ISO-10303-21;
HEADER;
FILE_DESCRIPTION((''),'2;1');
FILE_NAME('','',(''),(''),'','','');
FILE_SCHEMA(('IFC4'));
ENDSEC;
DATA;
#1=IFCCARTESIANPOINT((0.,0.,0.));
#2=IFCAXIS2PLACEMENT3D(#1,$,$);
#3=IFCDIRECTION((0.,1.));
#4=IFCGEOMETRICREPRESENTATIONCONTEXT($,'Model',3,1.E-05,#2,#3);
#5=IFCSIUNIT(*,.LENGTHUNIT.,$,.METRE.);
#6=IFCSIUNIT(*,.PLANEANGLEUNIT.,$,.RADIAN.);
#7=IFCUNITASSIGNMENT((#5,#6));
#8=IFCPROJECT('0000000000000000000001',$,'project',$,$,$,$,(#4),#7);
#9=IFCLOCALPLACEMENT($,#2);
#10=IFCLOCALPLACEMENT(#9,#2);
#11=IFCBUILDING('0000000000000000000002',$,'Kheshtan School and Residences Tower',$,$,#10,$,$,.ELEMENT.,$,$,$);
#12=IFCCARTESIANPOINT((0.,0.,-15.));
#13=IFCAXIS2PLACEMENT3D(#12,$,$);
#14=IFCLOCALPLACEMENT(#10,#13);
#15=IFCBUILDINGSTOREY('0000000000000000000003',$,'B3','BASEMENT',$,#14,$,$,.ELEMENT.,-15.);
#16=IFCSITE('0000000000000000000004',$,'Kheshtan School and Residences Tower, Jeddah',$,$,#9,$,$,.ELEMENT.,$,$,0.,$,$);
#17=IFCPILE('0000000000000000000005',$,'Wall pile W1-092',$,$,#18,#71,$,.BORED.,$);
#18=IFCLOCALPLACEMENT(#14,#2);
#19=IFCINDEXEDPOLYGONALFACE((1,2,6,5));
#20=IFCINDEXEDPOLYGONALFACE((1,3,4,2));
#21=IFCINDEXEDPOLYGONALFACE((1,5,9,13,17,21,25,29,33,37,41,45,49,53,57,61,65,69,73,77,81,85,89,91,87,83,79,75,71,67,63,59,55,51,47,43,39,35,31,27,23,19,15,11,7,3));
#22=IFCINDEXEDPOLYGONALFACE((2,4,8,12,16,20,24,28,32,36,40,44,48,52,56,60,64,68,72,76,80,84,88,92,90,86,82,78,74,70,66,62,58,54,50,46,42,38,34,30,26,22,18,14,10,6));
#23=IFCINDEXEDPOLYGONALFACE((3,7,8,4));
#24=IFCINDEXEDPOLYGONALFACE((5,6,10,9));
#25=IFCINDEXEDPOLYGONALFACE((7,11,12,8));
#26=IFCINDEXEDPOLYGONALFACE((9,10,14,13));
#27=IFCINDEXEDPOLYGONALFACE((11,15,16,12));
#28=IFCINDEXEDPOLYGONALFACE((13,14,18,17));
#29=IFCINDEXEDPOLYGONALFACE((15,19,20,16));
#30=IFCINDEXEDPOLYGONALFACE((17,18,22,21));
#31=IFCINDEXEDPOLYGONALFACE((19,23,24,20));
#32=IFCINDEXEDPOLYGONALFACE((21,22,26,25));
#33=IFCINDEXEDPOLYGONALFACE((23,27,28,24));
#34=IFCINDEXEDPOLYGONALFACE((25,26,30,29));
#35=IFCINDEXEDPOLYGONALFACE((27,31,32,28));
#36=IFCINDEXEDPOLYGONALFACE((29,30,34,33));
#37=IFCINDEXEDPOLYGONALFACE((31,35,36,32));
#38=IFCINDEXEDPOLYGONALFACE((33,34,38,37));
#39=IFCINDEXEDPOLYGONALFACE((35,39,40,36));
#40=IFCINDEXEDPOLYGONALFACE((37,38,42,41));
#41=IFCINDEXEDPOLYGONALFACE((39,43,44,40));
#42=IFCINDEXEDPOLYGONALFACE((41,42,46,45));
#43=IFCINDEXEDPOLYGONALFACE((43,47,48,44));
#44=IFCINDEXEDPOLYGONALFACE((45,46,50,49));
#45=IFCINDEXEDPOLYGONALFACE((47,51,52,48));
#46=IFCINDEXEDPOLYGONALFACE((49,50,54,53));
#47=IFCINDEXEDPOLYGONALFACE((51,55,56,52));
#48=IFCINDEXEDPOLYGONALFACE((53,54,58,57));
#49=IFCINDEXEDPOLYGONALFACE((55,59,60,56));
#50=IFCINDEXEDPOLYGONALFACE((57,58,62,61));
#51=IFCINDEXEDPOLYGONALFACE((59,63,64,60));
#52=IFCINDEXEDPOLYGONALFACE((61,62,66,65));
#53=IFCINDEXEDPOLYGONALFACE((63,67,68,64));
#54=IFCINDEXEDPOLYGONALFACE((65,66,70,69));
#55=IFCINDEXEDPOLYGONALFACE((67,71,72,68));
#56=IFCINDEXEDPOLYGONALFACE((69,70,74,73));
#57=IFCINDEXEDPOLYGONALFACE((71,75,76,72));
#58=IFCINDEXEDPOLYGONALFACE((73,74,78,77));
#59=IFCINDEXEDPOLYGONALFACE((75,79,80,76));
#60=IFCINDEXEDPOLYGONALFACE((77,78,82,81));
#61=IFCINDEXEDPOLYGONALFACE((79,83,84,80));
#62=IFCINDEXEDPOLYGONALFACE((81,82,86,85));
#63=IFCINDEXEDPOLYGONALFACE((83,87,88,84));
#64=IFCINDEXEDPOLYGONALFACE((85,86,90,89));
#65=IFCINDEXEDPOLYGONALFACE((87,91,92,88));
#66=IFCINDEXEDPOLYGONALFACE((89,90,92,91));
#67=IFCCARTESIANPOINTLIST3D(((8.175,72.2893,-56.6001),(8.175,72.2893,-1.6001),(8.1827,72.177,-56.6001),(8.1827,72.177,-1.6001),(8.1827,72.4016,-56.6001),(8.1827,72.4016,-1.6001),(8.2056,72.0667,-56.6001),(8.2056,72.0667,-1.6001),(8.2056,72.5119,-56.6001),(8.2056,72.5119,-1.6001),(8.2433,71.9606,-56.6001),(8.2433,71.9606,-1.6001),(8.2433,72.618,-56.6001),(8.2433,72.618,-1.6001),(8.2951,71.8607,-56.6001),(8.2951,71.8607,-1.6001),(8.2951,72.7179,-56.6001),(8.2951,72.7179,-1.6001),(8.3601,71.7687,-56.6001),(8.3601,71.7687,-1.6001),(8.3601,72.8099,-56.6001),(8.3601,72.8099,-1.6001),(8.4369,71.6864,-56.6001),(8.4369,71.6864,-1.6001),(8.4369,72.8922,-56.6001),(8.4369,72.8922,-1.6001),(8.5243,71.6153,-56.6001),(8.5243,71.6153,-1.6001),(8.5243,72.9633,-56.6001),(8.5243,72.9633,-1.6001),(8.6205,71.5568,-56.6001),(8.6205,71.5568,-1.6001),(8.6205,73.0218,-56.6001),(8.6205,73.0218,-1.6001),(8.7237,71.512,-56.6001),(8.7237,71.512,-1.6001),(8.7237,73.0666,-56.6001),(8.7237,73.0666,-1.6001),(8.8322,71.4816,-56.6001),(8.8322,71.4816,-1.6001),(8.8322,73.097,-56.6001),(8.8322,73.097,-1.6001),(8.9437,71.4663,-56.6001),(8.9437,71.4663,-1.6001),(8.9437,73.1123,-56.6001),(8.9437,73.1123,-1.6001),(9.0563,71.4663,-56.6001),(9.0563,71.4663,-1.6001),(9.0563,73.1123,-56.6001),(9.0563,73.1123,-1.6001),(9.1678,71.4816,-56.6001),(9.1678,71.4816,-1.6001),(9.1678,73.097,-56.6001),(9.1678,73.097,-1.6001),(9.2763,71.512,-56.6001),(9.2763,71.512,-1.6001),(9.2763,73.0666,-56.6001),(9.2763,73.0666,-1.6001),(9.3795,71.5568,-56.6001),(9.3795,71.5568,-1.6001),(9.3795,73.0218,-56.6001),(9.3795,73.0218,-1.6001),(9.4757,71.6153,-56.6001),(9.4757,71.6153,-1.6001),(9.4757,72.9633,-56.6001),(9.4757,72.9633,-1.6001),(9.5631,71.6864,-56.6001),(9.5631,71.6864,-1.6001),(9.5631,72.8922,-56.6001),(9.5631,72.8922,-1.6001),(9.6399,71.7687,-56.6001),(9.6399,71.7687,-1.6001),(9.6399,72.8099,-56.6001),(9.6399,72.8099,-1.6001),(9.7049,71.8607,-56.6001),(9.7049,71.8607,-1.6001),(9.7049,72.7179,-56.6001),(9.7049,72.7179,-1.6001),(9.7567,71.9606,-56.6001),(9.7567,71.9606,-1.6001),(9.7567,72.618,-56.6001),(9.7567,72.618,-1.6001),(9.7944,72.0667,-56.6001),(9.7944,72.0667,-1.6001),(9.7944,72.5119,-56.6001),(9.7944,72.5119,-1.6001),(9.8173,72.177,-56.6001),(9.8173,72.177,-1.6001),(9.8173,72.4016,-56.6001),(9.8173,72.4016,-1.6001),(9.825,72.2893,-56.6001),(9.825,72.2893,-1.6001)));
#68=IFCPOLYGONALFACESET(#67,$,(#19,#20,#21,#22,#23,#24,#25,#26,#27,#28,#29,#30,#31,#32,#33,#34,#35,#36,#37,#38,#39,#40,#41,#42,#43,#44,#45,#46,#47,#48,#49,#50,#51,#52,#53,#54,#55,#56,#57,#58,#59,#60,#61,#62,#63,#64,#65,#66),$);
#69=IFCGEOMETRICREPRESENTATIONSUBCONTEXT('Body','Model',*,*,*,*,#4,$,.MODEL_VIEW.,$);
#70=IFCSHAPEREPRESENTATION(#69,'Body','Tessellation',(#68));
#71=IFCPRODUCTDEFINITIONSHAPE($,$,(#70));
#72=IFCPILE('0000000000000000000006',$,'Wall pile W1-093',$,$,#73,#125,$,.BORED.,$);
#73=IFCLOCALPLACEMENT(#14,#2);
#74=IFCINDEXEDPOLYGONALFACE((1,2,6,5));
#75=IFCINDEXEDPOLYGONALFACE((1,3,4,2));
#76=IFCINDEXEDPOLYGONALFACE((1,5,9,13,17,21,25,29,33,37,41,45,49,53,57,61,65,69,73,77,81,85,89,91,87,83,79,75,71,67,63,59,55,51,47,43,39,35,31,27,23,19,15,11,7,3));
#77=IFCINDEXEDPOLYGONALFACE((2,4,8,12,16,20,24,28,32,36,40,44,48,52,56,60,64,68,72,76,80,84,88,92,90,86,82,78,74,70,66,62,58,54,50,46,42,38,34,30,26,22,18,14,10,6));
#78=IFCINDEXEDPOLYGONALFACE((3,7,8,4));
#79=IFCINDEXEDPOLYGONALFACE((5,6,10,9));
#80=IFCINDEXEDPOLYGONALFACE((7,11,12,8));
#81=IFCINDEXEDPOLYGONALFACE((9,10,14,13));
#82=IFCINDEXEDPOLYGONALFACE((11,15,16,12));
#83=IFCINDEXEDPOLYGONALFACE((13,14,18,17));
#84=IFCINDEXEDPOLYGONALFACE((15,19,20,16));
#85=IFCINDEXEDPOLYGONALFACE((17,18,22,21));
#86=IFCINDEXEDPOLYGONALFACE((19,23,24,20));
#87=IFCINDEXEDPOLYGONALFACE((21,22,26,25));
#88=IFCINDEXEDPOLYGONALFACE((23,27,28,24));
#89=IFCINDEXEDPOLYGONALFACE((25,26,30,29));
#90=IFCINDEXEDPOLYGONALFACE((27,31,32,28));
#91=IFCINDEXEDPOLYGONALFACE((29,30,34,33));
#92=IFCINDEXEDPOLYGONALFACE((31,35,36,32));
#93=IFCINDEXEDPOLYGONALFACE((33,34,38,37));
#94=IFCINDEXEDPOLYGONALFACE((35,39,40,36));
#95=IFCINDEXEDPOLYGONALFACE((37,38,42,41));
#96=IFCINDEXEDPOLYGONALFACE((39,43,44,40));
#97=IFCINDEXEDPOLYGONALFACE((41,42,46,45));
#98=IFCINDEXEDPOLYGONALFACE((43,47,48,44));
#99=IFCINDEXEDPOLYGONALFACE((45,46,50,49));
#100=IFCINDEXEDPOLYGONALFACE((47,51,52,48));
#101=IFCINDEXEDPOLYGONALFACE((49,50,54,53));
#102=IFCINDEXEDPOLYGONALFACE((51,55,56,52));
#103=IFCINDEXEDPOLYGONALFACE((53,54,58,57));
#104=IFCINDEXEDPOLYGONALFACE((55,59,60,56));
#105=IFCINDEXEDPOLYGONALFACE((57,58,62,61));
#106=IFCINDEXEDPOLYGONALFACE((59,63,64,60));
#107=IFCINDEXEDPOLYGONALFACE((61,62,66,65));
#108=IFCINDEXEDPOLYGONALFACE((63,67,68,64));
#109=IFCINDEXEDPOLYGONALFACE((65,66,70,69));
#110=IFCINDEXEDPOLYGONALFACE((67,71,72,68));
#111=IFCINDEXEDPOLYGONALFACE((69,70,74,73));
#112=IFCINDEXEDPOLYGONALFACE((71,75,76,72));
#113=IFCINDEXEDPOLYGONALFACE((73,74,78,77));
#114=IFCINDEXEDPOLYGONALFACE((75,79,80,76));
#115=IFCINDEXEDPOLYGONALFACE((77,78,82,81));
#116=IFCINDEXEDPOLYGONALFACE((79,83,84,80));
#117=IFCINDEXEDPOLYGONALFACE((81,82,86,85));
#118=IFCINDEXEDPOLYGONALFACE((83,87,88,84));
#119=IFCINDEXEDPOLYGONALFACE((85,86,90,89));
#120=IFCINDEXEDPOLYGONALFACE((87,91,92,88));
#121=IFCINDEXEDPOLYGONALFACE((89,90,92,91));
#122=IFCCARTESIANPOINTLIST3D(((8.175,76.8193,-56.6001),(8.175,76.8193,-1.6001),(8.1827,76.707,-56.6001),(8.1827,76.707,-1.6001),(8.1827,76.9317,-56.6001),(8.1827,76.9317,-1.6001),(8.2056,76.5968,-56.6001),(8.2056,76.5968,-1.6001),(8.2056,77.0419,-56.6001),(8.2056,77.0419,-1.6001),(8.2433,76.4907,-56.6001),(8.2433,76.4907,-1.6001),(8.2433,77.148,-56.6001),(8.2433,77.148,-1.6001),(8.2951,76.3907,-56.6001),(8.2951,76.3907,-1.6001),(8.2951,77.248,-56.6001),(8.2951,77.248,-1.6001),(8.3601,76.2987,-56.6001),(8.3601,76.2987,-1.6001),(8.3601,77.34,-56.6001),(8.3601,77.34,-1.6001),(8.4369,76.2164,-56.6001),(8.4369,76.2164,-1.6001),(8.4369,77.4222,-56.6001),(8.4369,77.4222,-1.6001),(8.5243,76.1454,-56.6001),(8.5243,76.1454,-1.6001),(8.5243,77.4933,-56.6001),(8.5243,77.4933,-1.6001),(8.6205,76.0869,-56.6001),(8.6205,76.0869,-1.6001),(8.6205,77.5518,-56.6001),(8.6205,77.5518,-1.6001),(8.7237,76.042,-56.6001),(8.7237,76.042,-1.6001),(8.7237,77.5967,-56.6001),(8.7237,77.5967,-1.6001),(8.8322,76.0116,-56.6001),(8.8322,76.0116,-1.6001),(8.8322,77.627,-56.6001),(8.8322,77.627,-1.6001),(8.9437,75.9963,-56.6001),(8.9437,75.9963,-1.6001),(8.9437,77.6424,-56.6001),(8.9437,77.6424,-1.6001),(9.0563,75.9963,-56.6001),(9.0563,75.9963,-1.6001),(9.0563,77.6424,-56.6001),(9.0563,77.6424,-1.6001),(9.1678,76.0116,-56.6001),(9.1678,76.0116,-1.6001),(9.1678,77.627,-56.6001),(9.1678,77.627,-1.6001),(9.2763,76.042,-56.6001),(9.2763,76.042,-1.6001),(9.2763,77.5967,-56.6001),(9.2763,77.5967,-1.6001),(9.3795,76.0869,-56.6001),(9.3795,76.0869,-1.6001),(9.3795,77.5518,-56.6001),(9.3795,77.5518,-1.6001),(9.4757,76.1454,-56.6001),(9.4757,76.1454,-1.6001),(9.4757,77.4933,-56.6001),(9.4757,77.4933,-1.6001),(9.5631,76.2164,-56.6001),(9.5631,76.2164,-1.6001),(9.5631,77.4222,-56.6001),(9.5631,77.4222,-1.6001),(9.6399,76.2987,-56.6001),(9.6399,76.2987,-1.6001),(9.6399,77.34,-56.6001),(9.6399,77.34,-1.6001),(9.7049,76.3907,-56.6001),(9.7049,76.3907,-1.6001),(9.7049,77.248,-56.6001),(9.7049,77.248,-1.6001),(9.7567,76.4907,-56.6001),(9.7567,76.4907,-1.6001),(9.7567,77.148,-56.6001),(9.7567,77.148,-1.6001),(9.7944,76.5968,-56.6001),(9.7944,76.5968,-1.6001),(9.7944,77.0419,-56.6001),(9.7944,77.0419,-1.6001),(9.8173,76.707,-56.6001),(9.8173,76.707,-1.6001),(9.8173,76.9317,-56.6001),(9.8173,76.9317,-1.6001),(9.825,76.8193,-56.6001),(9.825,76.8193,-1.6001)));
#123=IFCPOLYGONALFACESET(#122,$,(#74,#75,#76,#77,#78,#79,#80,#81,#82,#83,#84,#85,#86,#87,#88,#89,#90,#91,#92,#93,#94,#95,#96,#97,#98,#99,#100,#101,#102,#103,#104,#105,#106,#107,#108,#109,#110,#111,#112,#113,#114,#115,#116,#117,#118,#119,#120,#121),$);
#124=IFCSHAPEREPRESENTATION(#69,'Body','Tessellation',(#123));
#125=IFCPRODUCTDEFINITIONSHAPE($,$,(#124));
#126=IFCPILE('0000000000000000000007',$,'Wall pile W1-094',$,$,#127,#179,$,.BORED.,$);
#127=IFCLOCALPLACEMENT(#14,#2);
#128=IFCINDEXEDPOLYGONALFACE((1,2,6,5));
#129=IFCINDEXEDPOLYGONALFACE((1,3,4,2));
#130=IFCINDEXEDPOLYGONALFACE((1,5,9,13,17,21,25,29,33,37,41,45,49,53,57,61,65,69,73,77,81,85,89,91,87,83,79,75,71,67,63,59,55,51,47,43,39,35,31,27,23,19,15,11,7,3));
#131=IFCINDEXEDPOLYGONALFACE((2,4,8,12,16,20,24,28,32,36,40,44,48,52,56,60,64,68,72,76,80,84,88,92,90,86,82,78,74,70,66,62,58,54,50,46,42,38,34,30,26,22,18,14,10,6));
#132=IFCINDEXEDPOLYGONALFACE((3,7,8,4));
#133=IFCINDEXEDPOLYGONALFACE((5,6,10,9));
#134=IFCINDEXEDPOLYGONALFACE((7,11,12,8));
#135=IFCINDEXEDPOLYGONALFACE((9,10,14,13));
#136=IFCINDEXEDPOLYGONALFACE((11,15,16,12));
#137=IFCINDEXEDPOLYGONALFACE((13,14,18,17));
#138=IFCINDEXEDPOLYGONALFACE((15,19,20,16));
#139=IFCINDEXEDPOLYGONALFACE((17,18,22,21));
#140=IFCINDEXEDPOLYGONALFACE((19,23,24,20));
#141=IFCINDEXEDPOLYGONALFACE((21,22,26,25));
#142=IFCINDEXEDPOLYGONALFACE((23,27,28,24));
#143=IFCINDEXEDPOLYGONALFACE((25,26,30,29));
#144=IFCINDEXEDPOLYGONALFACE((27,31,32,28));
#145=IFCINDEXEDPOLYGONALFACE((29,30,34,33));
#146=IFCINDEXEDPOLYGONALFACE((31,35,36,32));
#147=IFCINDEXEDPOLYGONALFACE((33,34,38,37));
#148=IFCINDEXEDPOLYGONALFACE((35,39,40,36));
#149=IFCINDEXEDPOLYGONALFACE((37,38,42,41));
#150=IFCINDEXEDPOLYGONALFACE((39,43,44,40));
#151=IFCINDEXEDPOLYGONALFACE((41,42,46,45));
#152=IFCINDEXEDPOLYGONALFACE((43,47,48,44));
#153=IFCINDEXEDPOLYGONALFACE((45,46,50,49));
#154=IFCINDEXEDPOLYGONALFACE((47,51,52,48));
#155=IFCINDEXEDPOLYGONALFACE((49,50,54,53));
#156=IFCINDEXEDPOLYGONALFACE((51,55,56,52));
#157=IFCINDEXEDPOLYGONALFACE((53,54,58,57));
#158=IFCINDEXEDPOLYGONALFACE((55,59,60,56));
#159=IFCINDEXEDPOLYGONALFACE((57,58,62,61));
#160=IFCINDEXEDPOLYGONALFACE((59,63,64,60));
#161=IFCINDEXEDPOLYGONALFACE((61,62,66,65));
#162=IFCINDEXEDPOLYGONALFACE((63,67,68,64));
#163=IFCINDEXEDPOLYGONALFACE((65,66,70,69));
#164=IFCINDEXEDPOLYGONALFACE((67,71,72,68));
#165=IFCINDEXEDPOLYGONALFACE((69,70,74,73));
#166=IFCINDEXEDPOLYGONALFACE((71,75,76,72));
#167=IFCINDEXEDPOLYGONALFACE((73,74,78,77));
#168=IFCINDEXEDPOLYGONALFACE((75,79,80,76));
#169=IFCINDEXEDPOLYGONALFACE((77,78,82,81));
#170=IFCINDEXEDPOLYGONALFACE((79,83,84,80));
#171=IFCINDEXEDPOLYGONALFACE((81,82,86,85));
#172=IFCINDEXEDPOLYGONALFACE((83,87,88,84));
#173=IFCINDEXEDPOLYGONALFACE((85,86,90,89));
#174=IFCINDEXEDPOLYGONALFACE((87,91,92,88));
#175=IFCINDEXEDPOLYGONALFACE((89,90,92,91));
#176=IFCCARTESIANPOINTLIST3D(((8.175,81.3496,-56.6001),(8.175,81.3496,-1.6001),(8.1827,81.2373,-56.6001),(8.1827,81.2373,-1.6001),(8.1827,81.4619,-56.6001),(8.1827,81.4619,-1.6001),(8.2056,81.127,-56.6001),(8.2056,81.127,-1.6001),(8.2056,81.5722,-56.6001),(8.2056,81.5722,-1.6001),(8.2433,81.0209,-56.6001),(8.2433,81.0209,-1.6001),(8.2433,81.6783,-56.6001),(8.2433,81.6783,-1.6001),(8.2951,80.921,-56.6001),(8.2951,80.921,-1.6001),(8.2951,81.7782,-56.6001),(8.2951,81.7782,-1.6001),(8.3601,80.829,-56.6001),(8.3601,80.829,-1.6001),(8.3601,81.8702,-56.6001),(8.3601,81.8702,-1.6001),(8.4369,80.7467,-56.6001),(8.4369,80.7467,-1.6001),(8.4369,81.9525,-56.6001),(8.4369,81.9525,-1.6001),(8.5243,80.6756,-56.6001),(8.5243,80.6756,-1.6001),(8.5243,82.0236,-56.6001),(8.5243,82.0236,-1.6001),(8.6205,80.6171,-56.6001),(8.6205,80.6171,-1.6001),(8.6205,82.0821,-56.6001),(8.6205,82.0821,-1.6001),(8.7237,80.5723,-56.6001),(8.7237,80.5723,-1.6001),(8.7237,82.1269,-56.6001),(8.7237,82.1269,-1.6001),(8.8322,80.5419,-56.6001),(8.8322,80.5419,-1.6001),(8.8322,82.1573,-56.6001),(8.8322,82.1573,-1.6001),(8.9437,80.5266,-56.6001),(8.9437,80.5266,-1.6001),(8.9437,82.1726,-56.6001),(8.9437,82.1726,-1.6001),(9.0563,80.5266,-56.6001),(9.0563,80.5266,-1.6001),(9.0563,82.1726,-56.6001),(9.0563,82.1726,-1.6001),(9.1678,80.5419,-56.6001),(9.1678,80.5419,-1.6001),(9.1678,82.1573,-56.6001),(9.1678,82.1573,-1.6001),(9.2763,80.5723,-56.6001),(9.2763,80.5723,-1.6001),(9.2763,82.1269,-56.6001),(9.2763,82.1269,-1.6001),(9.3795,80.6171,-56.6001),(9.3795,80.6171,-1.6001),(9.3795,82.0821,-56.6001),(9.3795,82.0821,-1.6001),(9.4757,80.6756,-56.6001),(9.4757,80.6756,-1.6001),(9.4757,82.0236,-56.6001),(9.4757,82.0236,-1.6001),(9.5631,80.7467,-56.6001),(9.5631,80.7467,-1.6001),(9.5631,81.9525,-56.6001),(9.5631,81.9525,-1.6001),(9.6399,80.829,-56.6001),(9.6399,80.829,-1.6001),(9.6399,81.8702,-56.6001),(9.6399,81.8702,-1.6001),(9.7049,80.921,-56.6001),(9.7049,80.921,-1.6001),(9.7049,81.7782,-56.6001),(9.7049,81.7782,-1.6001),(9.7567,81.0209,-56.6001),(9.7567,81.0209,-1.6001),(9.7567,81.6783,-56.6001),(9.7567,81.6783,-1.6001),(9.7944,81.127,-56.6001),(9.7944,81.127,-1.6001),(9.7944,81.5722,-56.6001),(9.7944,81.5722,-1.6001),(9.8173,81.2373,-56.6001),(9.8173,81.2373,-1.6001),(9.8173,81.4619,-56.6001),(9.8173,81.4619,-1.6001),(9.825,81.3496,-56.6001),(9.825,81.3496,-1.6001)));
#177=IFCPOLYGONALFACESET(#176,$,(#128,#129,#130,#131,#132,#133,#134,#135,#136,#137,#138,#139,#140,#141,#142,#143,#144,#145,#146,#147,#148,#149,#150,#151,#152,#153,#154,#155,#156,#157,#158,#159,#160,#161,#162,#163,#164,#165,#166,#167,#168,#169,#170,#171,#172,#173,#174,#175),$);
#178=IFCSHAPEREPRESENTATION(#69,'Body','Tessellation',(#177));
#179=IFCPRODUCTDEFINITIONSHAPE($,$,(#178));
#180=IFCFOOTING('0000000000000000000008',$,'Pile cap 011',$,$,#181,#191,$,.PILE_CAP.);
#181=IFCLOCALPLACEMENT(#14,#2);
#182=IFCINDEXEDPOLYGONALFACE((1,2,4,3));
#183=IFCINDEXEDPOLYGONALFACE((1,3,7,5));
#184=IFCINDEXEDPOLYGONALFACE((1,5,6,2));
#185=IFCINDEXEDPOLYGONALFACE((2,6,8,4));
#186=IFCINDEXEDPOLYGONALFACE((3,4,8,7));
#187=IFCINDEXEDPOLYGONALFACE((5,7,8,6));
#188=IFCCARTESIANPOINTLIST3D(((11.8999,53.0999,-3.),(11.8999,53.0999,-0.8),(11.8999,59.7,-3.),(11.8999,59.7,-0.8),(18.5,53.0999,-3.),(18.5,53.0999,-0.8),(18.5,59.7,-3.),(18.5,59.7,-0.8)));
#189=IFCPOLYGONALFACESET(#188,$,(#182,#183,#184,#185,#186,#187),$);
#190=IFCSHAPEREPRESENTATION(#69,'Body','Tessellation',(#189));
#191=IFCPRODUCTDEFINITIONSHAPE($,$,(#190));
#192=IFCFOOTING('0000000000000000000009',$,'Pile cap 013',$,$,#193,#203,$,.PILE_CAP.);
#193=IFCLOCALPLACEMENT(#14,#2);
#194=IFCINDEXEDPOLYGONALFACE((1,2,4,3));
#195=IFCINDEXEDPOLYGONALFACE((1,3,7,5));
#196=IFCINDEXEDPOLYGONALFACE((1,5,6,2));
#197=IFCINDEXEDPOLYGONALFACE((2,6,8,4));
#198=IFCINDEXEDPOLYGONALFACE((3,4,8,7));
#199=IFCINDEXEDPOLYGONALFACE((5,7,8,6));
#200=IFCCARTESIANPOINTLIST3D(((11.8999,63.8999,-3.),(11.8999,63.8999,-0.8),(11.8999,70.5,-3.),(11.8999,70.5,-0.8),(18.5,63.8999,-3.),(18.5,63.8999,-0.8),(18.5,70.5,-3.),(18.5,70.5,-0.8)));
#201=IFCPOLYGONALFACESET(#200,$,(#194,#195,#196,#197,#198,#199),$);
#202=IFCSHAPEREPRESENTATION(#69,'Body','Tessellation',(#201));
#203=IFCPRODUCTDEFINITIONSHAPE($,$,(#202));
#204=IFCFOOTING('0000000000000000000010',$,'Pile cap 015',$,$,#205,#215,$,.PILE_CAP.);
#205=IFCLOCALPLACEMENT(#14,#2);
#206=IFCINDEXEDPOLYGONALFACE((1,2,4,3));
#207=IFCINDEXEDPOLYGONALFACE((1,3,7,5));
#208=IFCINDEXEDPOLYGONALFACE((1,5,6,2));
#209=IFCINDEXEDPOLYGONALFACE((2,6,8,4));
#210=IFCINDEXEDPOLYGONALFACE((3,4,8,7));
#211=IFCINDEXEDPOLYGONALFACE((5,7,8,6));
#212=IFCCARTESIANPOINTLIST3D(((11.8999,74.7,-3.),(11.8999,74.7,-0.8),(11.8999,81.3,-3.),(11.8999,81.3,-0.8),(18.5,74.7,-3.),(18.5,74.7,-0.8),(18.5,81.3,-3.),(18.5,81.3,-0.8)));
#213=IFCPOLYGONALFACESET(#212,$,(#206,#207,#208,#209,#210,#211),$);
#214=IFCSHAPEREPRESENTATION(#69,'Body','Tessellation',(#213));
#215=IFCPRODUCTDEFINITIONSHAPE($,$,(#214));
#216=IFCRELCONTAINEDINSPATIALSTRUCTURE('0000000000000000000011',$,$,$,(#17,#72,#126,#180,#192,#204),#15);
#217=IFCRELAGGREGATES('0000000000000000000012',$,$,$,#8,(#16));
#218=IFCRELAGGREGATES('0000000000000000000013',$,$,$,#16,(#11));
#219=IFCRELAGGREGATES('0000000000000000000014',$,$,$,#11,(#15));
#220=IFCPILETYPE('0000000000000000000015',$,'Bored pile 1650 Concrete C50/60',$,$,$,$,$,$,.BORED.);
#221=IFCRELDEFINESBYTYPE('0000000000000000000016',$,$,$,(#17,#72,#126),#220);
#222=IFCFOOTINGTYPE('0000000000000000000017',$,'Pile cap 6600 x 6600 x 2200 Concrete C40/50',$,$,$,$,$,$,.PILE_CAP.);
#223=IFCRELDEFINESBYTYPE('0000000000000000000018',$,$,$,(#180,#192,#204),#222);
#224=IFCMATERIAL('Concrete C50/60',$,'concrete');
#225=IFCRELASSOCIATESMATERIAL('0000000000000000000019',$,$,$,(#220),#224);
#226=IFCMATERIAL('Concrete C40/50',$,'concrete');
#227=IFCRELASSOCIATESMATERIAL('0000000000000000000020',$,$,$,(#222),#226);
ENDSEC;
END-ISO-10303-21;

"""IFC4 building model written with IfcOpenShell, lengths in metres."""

from ifc_helpers import new_model, si_unit, direction, frame, origin, origin_2d, place, context, subcontext, project, spatial, rectangle, circle, extrude, material, material_profile, profile_set, type_object, element, save


model = new_model("IFC4")

# Units and contexts
model_context = context("Model", 3, precision=1e-05, world=origin(), true_north=direction((0.0, 1.0)))
body_context = subcontext(model_context, "Body", "Model", "MODEL_VIEW")
ifc_project = project(units=[si_unit("LENGTHUNIT", "METRE"), si_unit("PLANEANGLEUNIT", "RADIAN")], contexts=[model_context])

# Site, building, storey
site_placement = place(None, origin())
site = spatial("IfcSite", under=ifc_project, at=site_placement, Name="Kheshtan School and Residences Tower, Jeddah", CompositionType="ELEMENT", RefElevation=0.0)
building_placement = place(site_placement, origin())
building = spatial("IfcBuilding", under=site, at=building_placement, Name="Kheshtan School and Residences Tower", CompositionType="ELEMENT")
storey_placement = place(building_placement, frame((0.0, 0.0, -15.0)))
storey = spatial("IfcBuildingStorey", under=building, at=storey_placement, Name="B3", Description="BASEMENT", CompositionType="ELEMENT", Elevation=-15.0)

# Piles
ifc_material_1 = material(Name="Concrete C50/60", Category="concrete")
ifc_material_profile_1 = material_profile(ifc_material_1, circle(Radius=0.825, at=origin_2d()), Name="BP 1650")
ifc_profile_set_1 = profile_set([ifc_material_profile_1], Name="Concrete C50/60")
pile_type_1 = type_object("IfcPileType", Name="Bored pile 1650 Concrete C50/60", PredefinedType="BORED", material=ifc_profile_set_1)
for number, where, z_axis, x_axis, name in (
    (1, (9.0, 72.2893, -1.6001), (0.0, 0.0, -1.0), (1.0, 0.0, 0.0), "Wall pile W1-092"),
    (2, (9.0, 76.8193, -1.6001), (0.0, 0.0, -1.0), (1.0, 0.0, 0.0), "Wall pile W1-093"),
    (3, (9.0, 81.3496, -1.6001), (0.0, 0.0, -1.0), (1.0, 0.0, 0.0), "Wall pile W1-094"),
):
    element("IfcPile", number, at=place(storey_placement, frame(where, z_axis=z_axis, x_axis=x_axis)), inside=storey, type_object=pile_type_1, Name=name, PredefinedType="BORED", context=body_context, shape_type="SweptSolid", body=[
        extrude(circle(Radius=0.825, at=origin_2d()), origin(), (0.0, 0.0, 1.0), 55.0),
    ])

# Footings
ifc_material_2 = material(Name="Concrete C40/50", Category="concrete")
footing_type = type_object("IfcFootingType", Name="Pile cap 6600 x 6600 x 2200 Concrete C40/50", PredefinedType="PILE_CAP", material=ifc_material_2)
for number, where, z_axis, x_axis, name in (
    (4, (15.2, 56.3999, -3.0), (0.0, 0.0, 1.0), (1.0, 0.0, 0.0), "Pile cap 011"),
    (5, (15.2, 67.2, -3.0), (0.0, 0.0, 1.0), (1.0, 0.0, 0.0), "Pile cap 013"),
    (6, (15.2, 78.0, -3.0), (0.0, 0.0, 1.0), (1.0, 0.0, 0.0), "Pile cap 015"),
):
    element("IfcFooting", number, at=place(storey_placement, frame(where, z_axis=z_axis, x_axis=x_axis)), inside=storey, type_object=footing_type, Name=name, PredefinedType="PILE_CAP", context=body_context, shape_type="SweptSolid", body=[
        extrude(rectangle(XDim=6.6001, YDim=6.6001, at=origin_2d()), origin(), (0.0, 0.0, 1.0), 2.2),
    ])

save(model, "model.ifc")
